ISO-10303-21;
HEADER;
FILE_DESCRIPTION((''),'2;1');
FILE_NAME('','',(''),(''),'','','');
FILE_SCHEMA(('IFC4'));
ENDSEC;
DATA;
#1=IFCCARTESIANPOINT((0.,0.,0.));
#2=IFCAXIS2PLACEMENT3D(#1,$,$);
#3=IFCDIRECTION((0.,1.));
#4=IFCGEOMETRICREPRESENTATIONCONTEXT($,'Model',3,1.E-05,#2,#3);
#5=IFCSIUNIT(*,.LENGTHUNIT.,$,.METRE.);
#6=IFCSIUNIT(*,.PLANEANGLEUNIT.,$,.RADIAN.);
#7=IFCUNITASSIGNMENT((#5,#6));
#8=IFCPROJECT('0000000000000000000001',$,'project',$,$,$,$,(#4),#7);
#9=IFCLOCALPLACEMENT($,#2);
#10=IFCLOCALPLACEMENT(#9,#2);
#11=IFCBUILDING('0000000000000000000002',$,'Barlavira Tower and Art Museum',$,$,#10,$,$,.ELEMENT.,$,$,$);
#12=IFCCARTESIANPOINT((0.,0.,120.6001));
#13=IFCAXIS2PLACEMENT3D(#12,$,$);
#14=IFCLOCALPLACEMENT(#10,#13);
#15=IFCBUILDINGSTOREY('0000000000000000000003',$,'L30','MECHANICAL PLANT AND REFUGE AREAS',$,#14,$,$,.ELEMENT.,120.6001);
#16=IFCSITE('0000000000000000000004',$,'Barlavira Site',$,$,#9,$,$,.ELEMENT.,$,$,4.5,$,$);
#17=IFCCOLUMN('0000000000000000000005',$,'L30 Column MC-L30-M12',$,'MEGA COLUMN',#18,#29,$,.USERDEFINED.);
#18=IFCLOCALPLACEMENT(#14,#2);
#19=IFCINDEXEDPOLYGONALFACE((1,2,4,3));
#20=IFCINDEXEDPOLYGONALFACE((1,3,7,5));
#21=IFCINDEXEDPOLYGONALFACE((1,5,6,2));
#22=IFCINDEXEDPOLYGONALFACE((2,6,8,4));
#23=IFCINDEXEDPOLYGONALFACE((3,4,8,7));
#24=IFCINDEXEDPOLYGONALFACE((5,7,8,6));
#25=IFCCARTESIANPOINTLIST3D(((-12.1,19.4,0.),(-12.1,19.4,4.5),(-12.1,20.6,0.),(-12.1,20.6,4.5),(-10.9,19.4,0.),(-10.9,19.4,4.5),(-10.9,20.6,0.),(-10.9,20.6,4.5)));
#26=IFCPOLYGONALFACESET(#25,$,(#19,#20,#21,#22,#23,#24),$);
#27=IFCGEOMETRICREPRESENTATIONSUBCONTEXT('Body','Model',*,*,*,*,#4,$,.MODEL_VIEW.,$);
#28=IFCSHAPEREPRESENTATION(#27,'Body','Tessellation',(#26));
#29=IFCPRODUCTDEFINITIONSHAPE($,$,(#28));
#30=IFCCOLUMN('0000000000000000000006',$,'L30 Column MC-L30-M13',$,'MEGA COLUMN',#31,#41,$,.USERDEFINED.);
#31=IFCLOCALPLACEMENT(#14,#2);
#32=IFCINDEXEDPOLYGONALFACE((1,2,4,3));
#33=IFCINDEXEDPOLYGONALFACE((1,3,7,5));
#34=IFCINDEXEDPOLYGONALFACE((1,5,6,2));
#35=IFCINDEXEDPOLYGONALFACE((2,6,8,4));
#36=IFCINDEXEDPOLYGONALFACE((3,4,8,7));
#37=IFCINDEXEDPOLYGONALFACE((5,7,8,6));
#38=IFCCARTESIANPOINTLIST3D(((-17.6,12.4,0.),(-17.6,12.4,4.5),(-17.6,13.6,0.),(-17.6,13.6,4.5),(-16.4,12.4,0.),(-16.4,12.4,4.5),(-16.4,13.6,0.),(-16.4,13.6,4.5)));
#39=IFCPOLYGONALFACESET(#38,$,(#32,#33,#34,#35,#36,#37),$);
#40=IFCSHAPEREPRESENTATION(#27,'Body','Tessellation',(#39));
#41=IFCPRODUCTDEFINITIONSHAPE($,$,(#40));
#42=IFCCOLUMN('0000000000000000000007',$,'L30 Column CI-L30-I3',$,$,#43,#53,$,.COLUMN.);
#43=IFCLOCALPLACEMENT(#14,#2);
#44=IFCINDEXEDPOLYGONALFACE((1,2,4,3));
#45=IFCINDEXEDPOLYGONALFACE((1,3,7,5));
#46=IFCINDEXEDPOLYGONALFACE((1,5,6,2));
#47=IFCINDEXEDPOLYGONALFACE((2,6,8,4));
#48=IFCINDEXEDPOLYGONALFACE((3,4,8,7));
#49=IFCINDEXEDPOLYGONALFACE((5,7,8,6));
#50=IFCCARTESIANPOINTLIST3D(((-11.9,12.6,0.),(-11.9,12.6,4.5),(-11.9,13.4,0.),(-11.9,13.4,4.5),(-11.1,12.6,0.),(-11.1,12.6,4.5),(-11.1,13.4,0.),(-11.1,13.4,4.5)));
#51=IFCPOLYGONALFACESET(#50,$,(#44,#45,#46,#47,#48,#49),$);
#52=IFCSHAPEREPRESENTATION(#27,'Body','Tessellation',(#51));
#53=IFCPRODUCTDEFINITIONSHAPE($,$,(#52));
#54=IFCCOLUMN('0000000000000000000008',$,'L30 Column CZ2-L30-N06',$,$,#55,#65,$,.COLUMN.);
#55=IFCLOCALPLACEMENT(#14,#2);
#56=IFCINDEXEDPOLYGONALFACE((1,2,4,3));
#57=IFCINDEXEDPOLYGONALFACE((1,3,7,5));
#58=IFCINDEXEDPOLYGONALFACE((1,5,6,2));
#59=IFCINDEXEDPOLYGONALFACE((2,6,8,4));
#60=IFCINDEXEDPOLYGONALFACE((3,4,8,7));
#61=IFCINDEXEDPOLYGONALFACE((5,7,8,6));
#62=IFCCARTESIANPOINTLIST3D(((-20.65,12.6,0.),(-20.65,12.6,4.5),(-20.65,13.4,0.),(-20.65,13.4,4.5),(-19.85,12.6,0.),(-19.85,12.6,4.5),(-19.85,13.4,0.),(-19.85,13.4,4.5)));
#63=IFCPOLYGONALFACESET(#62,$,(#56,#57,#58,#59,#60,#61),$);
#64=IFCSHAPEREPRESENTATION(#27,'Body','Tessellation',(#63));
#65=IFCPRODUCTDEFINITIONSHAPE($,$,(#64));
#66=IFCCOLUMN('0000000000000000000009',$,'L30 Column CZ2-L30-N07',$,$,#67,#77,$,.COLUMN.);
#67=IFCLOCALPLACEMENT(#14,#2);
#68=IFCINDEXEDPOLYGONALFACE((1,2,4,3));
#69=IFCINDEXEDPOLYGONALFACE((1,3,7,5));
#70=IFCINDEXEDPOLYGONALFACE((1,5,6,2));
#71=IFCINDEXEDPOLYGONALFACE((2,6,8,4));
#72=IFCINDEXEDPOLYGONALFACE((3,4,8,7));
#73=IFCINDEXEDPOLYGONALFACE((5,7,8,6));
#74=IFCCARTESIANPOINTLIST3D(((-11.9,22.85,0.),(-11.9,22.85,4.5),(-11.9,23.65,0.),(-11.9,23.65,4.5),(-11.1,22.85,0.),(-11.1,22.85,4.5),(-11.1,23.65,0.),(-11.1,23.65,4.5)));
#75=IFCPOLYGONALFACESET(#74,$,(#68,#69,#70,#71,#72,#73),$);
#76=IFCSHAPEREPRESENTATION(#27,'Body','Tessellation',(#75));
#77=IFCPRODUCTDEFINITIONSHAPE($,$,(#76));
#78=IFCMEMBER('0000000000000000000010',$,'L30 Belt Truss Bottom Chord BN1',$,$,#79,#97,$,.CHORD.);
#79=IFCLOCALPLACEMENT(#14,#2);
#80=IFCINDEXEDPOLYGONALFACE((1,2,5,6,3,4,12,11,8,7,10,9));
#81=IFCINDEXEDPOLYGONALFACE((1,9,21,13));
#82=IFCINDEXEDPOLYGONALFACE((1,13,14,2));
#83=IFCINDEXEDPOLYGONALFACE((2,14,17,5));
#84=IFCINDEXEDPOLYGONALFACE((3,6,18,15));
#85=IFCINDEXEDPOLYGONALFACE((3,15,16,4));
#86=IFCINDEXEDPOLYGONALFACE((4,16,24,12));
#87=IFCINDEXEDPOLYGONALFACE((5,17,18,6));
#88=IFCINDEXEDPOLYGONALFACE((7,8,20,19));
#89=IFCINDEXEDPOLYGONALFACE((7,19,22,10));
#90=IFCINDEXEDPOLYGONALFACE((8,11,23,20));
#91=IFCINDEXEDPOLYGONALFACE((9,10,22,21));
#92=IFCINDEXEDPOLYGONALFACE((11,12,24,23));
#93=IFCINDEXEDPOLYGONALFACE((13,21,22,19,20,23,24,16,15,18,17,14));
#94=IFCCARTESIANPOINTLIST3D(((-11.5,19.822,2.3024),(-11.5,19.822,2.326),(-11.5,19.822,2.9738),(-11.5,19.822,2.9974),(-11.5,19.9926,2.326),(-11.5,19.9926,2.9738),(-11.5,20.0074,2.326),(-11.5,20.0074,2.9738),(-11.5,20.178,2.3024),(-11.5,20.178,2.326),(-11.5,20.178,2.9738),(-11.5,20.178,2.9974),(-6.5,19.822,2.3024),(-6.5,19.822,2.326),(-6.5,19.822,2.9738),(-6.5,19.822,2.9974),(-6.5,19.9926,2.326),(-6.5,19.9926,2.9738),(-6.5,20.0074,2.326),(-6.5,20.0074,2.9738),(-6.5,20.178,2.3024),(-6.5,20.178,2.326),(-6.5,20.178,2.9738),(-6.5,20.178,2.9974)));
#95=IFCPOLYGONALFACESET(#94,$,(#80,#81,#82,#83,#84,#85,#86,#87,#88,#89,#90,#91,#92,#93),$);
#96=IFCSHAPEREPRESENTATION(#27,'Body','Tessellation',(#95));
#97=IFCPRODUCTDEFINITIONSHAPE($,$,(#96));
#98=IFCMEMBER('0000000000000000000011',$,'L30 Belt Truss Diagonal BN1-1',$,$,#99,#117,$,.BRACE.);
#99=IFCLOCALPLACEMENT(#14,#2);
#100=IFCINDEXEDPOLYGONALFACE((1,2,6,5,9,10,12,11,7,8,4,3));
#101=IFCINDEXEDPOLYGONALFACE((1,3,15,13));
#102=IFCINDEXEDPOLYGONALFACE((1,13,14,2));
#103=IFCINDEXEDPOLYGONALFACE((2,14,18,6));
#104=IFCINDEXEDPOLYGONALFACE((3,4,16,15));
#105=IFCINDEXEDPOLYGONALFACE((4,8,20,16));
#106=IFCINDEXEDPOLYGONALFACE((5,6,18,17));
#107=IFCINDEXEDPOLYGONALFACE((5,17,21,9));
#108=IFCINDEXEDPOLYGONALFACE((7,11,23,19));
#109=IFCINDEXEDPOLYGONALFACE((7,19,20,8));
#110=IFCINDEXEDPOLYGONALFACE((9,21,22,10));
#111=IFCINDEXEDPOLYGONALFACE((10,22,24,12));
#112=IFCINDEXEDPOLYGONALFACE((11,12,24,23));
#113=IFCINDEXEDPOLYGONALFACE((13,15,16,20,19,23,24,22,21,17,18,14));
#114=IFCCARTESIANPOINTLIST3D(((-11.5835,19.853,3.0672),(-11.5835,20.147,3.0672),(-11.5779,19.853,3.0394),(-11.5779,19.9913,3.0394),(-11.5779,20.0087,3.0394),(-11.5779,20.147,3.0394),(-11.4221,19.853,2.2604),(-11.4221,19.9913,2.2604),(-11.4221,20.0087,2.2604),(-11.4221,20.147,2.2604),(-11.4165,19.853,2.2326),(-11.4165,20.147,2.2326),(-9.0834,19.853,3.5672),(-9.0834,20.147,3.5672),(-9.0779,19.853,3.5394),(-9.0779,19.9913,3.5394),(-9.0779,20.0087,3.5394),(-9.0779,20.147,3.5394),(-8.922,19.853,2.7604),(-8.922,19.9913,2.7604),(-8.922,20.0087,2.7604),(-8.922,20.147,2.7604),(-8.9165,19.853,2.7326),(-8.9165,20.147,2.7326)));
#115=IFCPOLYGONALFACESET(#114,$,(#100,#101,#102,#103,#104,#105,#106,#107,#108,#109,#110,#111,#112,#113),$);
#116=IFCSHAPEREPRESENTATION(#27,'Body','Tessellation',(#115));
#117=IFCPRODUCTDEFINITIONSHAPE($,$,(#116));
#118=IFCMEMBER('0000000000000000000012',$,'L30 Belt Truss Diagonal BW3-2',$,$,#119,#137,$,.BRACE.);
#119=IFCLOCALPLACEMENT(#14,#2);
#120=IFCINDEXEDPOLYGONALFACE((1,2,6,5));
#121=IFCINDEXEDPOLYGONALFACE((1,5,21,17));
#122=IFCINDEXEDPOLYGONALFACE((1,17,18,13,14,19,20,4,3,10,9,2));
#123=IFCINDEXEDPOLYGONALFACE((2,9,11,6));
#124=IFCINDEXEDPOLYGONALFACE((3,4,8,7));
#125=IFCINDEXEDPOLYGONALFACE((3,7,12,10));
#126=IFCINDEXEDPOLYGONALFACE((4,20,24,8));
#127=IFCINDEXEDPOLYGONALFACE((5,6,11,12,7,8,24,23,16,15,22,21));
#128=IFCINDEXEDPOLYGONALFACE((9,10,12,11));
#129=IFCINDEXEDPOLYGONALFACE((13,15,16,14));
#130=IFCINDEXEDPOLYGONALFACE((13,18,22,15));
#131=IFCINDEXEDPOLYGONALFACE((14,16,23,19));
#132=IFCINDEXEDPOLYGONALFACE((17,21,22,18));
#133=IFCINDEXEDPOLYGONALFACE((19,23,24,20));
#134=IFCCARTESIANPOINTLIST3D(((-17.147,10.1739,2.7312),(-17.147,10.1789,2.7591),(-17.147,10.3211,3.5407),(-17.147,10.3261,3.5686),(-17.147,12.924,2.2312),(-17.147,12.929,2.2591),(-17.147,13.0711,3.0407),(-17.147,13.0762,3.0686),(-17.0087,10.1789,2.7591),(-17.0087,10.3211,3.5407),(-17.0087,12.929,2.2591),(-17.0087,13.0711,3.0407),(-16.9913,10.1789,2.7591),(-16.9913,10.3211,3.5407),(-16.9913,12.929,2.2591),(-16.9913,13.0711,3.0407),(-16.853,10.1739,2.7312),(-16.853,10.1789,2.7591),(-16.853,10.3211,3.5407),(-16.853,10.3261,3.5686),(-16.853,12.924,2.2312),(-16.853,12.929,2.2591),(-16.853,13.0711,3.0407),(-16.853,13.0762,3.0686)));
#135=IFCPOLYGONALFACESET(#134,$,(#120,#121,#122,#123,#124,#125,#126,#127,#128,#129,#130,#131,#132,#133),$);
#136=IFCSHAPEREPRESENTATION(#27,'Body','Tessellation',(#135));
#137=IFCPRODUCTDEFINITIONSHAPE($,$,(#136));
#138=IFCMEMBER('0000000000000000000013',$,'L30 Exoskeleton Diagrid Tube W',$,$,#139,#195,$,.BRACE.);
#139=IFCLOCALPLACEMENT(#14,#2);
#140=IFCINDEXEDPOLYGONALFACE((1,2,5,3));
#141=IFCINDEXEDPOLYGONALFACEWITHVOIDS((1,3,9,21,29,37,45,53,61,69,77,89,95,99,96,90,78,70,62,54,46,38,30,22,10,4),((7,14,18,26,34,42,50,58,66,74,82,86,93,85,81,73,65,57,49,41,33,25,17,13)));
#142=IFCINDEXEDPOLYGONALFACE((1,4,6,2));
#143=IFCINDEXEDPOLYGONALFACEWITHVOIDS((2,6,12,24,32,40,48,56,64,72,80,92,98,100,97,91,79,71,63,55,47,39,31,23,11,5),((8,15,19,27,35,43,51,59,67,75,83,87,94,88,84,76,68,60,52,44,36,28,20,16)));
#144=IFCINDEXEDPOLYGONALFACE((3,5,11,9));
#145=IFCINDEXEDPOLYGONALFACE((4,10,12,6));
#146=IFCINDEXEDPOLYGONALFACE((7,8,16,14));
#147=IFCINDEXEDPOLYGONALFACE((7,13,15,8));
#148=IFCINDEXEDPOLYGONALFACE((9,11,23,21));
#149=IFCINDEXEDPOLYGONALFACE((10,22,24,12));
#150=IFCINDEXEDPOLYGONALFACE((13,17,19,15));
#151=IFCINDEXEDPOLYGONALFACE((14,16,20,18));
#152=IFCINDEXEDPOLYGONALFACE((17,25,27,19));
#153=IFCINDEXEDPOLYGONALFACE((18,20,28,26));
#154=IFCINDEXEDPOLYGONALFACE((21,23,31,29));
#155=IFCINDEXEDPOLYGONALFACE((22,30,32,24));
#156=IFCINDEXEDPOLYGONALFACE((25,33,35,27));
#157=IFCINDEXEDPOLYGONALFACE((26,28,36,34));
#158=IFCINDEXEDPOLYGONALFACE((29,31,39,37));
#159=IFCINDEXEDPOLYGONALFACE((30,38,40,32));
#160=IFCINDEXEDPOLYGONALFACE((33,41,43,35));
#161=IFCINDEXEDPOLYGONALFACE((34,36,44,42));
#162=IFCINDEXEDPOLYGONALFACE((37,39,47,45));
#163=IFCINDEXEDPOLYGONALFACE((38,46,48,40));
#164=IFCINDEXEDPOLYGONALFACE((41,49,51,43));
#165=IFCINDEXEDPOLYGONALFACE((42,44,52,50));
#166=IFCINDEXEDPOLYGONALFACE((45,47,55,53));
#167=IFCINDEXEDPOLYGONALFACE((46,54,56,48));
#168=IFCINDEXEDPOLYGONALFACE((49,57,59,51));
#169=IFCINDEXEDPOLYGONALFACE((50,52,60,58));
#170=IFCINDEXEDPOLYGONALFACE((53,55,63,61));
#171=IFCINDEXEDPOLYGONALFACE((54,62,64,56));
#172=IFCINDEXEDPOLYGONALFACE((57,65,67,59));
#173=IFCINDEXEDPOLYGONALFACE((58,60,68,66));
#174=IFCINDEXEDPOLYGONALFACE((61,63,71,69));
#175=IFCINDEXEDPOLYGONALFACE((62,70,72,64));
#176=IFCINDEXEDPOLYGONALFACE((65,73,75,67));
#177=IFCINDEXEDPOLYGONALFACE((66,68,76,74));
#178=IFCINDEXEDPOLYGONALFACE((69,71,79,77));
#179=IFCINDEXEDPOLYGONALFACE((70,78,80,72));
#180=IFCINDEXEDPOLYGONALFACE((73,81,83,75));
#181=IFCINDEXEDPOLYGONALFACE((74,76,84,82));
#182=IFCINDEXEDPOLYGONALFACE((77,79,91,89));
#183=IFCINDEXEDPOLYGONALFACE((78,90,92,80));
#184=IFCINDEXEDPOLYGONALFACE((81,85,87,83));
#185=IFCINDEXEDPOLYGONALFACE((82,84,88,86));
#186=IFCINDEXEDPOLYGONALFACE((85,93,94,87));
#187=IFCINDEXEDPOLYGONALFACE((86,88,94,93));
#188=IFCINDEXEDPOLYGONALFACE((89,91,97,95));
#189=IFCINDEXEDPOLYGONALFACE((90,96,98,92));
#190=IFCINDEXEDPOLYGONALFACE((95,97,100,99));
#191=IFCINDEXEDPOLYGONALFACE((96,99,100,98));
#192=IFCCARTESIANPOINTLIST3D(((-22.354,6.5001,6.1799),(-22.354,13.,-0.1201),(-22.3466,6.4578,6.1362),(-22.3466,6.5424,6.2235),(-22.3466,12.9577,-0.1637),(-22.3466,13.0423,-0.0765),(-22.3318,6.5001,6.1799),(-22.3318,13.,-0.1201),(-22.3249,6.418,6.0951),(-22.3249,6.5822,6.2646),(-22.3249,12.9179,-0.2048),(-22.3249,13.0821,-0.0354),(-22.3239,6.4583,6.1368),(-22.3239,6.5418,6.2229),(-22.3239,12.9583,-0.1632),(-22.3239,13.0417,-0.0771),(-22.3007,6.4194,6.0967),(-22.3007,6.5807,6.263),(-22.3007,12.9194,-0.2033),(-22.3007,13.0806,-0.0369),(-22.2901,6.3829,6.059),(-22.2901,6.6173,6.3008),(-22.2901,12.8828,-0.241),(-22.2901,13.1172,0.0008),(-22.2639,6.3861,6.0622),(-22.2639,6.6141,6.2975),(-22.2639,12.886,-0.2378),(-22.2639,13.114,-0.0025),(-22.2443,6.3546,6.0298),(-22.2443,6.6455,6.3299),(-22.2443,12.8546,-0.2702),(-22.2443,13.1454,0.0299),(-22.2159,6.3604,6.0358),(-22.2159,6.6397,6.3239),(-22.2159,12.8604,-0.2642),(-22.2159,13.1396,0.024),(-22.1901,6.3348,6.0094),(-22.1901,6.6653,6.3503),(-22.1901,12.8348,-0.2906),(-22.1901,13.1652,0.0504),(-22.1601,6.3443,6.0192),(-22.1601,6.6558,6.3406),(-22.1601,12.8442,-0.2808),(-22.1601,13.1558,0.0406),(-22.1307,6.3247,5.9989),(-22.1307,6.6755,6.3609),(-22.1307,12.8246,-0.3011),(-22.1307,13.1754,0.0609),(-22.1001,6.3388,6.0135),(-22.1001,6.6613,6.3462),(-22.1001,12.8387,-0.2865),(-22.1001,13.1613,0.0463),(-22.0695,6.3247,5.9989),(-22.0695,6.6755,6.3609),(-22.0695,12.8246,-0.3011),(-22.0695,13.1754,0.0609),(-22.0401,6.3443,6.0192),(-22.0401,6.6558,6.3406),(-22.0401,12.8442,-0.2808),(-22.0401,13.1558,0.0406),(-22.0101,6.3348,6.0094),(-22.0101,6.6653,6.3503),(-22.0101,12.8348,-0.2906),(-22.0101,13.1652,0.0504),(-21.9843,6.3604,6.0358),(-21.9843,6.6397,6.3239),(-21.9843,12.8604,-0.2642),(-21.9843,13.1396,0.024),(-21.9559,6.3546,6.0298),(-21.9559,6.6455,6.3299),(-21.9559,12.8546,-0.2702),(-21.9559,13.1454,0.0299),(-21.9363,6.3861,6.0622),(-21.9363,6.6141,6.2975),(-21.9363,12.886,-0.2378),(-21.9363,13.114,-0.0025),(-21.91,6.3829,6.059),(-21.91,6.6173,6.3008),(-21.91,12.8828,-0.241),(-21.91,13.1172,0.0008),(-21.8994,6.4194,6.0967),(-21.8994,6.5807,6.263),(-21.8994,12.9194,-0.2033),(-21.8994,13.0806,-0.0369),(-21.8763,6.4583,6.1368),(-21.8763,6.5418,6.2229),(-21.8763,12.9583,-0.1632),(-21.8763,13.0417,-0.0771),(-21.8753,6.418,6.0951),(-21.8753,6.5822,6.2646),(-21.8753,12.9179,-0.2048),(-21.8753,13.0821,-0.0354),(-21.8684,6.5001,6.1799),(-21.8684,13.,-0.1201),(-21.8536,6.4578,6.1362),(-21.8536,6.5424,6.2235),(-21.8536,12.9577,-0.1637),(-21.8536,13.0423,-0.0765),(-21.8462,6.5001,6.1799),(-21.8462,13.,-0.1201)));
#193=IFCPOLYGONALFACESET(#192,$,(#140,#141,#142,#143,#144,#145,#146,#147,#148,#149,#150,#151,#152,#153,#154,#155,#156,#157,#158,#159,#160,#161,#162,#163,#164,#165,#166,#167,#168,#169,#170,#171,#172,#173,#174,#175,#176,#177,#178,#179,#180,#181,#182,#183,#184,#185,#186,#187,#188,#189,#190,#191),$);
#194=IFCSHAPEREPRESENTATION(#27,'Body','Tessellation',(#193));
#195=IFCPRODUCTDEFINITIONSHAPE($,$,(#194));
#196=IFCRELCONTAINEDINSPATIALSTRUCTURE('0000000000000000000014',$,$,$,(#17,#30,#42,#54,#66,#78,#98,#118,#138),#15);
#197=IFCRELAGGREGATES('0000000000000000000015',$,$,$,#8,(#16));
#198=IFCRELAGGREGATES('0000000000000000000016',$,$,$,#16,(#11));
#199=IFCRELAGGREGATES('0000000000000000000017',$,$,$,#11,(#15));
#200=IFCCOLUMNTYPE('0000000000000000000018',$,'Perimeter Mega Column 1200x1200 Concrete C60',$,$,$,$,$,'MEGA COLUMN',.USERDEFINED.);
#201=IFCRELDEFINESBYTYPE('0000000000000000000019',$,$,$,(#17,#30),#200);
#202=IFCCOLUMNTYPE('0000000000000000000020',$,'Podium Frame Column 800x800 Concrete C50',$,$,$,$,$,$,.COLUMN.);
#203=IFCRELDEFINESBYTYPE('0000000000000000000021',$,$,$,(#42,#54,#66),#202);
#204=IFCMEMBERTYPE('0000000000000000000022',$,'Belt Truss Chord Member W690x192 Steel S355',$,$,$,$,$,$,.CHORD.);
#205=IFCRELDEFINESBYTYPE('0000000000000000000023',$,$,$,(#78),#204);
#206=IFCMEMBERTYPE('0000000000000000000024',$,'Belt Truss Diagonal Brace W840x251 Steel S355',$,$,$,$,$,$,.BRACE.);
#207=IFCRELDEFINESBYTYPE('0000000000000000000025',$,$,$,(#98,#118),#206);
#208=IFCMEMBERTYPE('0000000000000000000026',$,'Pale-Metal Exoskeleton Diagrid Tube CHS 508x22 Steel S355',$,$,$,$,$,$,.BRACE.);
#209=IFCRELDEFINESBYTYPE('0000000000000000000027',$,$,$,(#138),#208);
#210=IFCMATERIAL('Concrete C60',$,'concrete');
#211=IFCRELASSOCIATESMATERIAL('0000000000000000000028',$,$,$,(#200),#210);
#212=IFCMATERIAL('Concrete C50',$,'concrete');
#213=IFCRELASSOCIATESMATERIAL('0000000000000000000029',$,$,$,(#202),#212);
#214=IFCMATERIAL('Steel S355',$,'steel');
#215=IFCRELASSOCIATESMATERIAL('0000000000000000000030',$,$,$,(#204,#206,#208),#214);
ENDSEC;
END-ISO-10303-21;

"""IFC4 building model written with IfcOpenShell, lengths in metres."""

from ifc_helpers import new_model, si_unit, direction, frame, origin, origin_2d, place, context, subcontext, project, spatial, rectangle, hollow_circle, i_section, extrude, material, material_profile, profile_set, type_object, element, save


model = new_model("IFC4")

# Units and contexts
model_context = context("Model", 3, precision=1e-05, world=origin(), true_north=direction((0.0, 1.0)))
body_context = subcontext(model_context, "Body", "Model", "MODEL_VIEW")
ifc_project = project(units=[si_unit("LENGTHUNIT", "METRE"), si_unit("PLANEANGLEUNIT", "RADIAN")], contexts=[model_context])

# Site, building, storey
site_placement = place(None, origin())
site = spatial("IfcSite", under=ifc_project, at=site_placement, Name="Barlavira Site", CompositionType="ELEMENT", RefElevation=4.5)
building_placement = place(site_placement, origin())
building = spatial("IfcBuilding", under=site, at=building_placement, Name="Barlavira Tower and Art Museum", CompositionType="ELEMENT")
storey_placement = place(building_placement, frame((0.0, 0.0, 120.6001)))
storey = spatial("IfcBuildingStorey", under=building, at=storey_placement, Name="L30", Description="MECHANICAL PLANT AND REFUGE AREAS", CompositionType="ELEMENT", Elevation=120.6001)

# Columns
ifc_material_1 = material(Name="Concrete C60", Category="concrete")
ifc_material_profile_1 = material_profile(ifc_material_1, rectangle(XDim=1.2, YDim=1.2, at=origin_2d()), Name="RC-COL 1200x1200")
ifc_profile_set_1 = profile_set([ifc_material_profile_1], Name="Concrete C60")
column_type_1 = type_object("IfcColumnType", Name="Perimeter Mega Column 1200x1200 Concrete C60", ElementType="MEGA COLUMN", PredefinedType="USERDEFINED", material=ifc_profile_set_1)
for number, where, z_axis, x_axis, name in (
    (1, (-11.5, 20.0, 0.0), (0.0, 0.0, 1.0), (1.0, 0.0, 0.0), "L30 Column MC-L30-M12"),
    (2, (-17.0, 13.0, 0.0), (0.0, 0.0, 1.0), (1.0, 0.0, 0.0), "L30 Column MC-L30-M13"),
):
    element("IfcColumn", number, at=place(storey_placement, frame(where, z_axis=z_axis, x_axis=x_axis)), inside=storey, type_object=column_type_1, Name=name, ObjectType="MEGA COLUMN", PredefinedType="USERDEFINED", context=body_context, shape_type="SweptSolid", body=[
        extrude(rectangle(XDim=1.2, YDim=1.2, at=origin_2d()), origin(), (0.0, 0.0, 1.0), 4.5),
    ])
ifc_material_2 = material(Name="Concrete C50", Category="concrete")
ifc_material_profile_2 = material_profile(ifc_material_2, rectangle(XDim=0.8, YDim=0.8, at=origin_2d()), Name="RC-COL 800x800")
ifc_profile_set_2 = profile_set([ifc_material_profile_2], Name="Concrete C50")
column_type_2 = type_object("IfcColumnType", Name="Podium Frame Column 800x800 Concrete C50", PredefinedType="COLUMN", material=ifc_profile_set_2)
for number, where, z_axis, x_axis, name in (
    (3, (-11.5, 13.0, 0.0), (0.0, 0.0, 1.0), (1.0, 0.0, 0.0), "L30 Column CI-L30-I3"),
    (4, (-20.25, 13.0, 0.0), (0.0, 0.0, 1.0), (1.0, 0.0, 0.0), "L30 Column CZ2-L30-N06"),
    (5, (-11.5, 23.25, 0.0), (0.0, 0.0, 1.0), (1.0, 0.0, 0.0), "L30 Column CZ2-L30-N07"),
):
    element("IfcColumn", number, at=place(storey_placement, frame(where, z_axis=z_axis, x_axis=x_axis)), inside=storey, type_object=column_type_2, Name=name, PredefinedType="COLUMN", context=body_context, shape_type="SweptSolid", body=[
        extrude(rectangle(XDim=0.8, YDim=0.8, at=origin_2d()), origin(), (0.0, 0.0, 1.0), 4.5),
    ])

# Members
ifc_material_3 = material(Name="Steel S355", Category="steel")
ifc_material_profile_3 = material_profile(ifc_material_3, i_section(OverallWidth=0.356, OverallDepth=0.6951, WebThickness=0.0149, FlangeThickness=0.0237, at=origin_2d()), Name="W690x192.0")
ifc_profile_set_3 = profile_set([ifc_material_profile_3], Name="Steel S355")
member_type_1 = type_object("IfcMemberType", Name="Belt Truss Chord Member W690x192 Steel S355", PredefinedType="CHORD", material=ifc_profile_set_3)
member_1_placement = place(storey_placement, frame((-11.5, 20.0, 2.6499), z_axis=(1.0, 0.0, 0.0), x_axis=(0.0, 1.0, 0.0)))
element("IfcMember", 6, at=member_1_placement, inside=storey, type_object=member_type_1, Name="L30 Belt Truss Bottom Chord BN1", PredefinedType="CHORD", context=body_context, shape_type="SweptSolid", body=[
    extrude(i_section(OverallWidth=0.356, OverallDepth=0.6951, WebThickness=0.0149, FlangeThickness=0.0237, at=origin_2d()), origin(), (0.0, 0.0, 1.0), 5.0),
])
ifc_material_profile_4 = material_profile(ifc_material_3, i_section(OverallWidth=0.2939, OverallDepth=0.8511, WebThickness=0.0173, FlangeThickness=0.0283, at=origin_2d()), Name="W840x251.0")
ifc_profile_set_4 = profile_set([ifc_material_profile_4], Name="Steel S355")
member_type_2 = type_object("IfcMemberType", Name="Belt Truss Diagonal Brace W840x251 Steel S355", PredefinedType="BRACE", material=ifc_profile_set_4)
member_2_placement = place(storey_placement, frame((-11.5, 20.0, 2.6499), z_axis=(0.980581, 0.0, 0.196116), x_axis=(0.0, 1.0, 0.0)))
element("IfcMember", 7, at=member_2_placement, inside=storey, type_object=member_type_2, Name="L30 Belt Truss Diagonal BN1-1", PredefinedType="BRACE", context=body_context, shape_type="SweptSolid", body=[
    extrude(i_section(OverallWidth=0.2939, OverallDepth=0.8511, WebThickness=0.0173, FlangeThickness=0.0283, at=origin_2d()), origin(), (0.0, 0.0, 1.0), 2.5496),
])
member_3_placement = place(storey_placement, frame((-17.0, 10.25, 3.1499), z_axis=(0.0, 0.98387, -0.178885), x_axis=(-1.0, 0.0, 0.0)))
element("IfcMember", 8, at=member_3_placement, inside=storey, type_object=member_type_2, Name="L30 Belt Truss Diagonal BW3-2", PredefinedType="BRACE", context=body_context, shape_type="SweptSolid", body=[
    extrude(i_section(OverallWidth=0.2939, OverallDepth=0.8511, WebThickness=0.0173, FlangeThickness=0.0283, at=origin_2d()), origin(), (0.0, 0.0, 1.0), 2.7952),
])
ifc_material_profile_5 = material_profile(ifc_material_3, hollow_circle(Radius=0.2539, WallThickness=0.0222, at=origin_2d()), Name="CHS 508.0x22.2")
ifc_profile_set_5 = profile_set([ifc_material_profile_5], Name="Steel S355")
member_type_3 = type_object("IfcMemberType", Name="Pale-Metal Exoskeleton Diagrid Tube CHS 508x22 Steel S355", PredefinedType="BRACE", material=ifc_profile_set_5)
member_4_placement = place(storey_placement, frame((-22.1001, 13.0, -0.1201), z_axis=(0.0, -0.718065, 0.695976), x_axis=(1.0, 0.0, 0.0)))
element("IfcMember", 9, at=member_4_placement, inside=storey, type_object=member_type_3, Name="L30 Exoskeleton Diagrid Tube W", PredefinedType="BRACE", context=body_context, shape_type="SweptSolid", body=[
    extrude(hollow_circle(Radius=0.2539, WallThickness=0.0222, at=origin_2d()), origin(), (0.0, 0.0, 1.0), 9.052),
])

save(model, "model.ifc")
